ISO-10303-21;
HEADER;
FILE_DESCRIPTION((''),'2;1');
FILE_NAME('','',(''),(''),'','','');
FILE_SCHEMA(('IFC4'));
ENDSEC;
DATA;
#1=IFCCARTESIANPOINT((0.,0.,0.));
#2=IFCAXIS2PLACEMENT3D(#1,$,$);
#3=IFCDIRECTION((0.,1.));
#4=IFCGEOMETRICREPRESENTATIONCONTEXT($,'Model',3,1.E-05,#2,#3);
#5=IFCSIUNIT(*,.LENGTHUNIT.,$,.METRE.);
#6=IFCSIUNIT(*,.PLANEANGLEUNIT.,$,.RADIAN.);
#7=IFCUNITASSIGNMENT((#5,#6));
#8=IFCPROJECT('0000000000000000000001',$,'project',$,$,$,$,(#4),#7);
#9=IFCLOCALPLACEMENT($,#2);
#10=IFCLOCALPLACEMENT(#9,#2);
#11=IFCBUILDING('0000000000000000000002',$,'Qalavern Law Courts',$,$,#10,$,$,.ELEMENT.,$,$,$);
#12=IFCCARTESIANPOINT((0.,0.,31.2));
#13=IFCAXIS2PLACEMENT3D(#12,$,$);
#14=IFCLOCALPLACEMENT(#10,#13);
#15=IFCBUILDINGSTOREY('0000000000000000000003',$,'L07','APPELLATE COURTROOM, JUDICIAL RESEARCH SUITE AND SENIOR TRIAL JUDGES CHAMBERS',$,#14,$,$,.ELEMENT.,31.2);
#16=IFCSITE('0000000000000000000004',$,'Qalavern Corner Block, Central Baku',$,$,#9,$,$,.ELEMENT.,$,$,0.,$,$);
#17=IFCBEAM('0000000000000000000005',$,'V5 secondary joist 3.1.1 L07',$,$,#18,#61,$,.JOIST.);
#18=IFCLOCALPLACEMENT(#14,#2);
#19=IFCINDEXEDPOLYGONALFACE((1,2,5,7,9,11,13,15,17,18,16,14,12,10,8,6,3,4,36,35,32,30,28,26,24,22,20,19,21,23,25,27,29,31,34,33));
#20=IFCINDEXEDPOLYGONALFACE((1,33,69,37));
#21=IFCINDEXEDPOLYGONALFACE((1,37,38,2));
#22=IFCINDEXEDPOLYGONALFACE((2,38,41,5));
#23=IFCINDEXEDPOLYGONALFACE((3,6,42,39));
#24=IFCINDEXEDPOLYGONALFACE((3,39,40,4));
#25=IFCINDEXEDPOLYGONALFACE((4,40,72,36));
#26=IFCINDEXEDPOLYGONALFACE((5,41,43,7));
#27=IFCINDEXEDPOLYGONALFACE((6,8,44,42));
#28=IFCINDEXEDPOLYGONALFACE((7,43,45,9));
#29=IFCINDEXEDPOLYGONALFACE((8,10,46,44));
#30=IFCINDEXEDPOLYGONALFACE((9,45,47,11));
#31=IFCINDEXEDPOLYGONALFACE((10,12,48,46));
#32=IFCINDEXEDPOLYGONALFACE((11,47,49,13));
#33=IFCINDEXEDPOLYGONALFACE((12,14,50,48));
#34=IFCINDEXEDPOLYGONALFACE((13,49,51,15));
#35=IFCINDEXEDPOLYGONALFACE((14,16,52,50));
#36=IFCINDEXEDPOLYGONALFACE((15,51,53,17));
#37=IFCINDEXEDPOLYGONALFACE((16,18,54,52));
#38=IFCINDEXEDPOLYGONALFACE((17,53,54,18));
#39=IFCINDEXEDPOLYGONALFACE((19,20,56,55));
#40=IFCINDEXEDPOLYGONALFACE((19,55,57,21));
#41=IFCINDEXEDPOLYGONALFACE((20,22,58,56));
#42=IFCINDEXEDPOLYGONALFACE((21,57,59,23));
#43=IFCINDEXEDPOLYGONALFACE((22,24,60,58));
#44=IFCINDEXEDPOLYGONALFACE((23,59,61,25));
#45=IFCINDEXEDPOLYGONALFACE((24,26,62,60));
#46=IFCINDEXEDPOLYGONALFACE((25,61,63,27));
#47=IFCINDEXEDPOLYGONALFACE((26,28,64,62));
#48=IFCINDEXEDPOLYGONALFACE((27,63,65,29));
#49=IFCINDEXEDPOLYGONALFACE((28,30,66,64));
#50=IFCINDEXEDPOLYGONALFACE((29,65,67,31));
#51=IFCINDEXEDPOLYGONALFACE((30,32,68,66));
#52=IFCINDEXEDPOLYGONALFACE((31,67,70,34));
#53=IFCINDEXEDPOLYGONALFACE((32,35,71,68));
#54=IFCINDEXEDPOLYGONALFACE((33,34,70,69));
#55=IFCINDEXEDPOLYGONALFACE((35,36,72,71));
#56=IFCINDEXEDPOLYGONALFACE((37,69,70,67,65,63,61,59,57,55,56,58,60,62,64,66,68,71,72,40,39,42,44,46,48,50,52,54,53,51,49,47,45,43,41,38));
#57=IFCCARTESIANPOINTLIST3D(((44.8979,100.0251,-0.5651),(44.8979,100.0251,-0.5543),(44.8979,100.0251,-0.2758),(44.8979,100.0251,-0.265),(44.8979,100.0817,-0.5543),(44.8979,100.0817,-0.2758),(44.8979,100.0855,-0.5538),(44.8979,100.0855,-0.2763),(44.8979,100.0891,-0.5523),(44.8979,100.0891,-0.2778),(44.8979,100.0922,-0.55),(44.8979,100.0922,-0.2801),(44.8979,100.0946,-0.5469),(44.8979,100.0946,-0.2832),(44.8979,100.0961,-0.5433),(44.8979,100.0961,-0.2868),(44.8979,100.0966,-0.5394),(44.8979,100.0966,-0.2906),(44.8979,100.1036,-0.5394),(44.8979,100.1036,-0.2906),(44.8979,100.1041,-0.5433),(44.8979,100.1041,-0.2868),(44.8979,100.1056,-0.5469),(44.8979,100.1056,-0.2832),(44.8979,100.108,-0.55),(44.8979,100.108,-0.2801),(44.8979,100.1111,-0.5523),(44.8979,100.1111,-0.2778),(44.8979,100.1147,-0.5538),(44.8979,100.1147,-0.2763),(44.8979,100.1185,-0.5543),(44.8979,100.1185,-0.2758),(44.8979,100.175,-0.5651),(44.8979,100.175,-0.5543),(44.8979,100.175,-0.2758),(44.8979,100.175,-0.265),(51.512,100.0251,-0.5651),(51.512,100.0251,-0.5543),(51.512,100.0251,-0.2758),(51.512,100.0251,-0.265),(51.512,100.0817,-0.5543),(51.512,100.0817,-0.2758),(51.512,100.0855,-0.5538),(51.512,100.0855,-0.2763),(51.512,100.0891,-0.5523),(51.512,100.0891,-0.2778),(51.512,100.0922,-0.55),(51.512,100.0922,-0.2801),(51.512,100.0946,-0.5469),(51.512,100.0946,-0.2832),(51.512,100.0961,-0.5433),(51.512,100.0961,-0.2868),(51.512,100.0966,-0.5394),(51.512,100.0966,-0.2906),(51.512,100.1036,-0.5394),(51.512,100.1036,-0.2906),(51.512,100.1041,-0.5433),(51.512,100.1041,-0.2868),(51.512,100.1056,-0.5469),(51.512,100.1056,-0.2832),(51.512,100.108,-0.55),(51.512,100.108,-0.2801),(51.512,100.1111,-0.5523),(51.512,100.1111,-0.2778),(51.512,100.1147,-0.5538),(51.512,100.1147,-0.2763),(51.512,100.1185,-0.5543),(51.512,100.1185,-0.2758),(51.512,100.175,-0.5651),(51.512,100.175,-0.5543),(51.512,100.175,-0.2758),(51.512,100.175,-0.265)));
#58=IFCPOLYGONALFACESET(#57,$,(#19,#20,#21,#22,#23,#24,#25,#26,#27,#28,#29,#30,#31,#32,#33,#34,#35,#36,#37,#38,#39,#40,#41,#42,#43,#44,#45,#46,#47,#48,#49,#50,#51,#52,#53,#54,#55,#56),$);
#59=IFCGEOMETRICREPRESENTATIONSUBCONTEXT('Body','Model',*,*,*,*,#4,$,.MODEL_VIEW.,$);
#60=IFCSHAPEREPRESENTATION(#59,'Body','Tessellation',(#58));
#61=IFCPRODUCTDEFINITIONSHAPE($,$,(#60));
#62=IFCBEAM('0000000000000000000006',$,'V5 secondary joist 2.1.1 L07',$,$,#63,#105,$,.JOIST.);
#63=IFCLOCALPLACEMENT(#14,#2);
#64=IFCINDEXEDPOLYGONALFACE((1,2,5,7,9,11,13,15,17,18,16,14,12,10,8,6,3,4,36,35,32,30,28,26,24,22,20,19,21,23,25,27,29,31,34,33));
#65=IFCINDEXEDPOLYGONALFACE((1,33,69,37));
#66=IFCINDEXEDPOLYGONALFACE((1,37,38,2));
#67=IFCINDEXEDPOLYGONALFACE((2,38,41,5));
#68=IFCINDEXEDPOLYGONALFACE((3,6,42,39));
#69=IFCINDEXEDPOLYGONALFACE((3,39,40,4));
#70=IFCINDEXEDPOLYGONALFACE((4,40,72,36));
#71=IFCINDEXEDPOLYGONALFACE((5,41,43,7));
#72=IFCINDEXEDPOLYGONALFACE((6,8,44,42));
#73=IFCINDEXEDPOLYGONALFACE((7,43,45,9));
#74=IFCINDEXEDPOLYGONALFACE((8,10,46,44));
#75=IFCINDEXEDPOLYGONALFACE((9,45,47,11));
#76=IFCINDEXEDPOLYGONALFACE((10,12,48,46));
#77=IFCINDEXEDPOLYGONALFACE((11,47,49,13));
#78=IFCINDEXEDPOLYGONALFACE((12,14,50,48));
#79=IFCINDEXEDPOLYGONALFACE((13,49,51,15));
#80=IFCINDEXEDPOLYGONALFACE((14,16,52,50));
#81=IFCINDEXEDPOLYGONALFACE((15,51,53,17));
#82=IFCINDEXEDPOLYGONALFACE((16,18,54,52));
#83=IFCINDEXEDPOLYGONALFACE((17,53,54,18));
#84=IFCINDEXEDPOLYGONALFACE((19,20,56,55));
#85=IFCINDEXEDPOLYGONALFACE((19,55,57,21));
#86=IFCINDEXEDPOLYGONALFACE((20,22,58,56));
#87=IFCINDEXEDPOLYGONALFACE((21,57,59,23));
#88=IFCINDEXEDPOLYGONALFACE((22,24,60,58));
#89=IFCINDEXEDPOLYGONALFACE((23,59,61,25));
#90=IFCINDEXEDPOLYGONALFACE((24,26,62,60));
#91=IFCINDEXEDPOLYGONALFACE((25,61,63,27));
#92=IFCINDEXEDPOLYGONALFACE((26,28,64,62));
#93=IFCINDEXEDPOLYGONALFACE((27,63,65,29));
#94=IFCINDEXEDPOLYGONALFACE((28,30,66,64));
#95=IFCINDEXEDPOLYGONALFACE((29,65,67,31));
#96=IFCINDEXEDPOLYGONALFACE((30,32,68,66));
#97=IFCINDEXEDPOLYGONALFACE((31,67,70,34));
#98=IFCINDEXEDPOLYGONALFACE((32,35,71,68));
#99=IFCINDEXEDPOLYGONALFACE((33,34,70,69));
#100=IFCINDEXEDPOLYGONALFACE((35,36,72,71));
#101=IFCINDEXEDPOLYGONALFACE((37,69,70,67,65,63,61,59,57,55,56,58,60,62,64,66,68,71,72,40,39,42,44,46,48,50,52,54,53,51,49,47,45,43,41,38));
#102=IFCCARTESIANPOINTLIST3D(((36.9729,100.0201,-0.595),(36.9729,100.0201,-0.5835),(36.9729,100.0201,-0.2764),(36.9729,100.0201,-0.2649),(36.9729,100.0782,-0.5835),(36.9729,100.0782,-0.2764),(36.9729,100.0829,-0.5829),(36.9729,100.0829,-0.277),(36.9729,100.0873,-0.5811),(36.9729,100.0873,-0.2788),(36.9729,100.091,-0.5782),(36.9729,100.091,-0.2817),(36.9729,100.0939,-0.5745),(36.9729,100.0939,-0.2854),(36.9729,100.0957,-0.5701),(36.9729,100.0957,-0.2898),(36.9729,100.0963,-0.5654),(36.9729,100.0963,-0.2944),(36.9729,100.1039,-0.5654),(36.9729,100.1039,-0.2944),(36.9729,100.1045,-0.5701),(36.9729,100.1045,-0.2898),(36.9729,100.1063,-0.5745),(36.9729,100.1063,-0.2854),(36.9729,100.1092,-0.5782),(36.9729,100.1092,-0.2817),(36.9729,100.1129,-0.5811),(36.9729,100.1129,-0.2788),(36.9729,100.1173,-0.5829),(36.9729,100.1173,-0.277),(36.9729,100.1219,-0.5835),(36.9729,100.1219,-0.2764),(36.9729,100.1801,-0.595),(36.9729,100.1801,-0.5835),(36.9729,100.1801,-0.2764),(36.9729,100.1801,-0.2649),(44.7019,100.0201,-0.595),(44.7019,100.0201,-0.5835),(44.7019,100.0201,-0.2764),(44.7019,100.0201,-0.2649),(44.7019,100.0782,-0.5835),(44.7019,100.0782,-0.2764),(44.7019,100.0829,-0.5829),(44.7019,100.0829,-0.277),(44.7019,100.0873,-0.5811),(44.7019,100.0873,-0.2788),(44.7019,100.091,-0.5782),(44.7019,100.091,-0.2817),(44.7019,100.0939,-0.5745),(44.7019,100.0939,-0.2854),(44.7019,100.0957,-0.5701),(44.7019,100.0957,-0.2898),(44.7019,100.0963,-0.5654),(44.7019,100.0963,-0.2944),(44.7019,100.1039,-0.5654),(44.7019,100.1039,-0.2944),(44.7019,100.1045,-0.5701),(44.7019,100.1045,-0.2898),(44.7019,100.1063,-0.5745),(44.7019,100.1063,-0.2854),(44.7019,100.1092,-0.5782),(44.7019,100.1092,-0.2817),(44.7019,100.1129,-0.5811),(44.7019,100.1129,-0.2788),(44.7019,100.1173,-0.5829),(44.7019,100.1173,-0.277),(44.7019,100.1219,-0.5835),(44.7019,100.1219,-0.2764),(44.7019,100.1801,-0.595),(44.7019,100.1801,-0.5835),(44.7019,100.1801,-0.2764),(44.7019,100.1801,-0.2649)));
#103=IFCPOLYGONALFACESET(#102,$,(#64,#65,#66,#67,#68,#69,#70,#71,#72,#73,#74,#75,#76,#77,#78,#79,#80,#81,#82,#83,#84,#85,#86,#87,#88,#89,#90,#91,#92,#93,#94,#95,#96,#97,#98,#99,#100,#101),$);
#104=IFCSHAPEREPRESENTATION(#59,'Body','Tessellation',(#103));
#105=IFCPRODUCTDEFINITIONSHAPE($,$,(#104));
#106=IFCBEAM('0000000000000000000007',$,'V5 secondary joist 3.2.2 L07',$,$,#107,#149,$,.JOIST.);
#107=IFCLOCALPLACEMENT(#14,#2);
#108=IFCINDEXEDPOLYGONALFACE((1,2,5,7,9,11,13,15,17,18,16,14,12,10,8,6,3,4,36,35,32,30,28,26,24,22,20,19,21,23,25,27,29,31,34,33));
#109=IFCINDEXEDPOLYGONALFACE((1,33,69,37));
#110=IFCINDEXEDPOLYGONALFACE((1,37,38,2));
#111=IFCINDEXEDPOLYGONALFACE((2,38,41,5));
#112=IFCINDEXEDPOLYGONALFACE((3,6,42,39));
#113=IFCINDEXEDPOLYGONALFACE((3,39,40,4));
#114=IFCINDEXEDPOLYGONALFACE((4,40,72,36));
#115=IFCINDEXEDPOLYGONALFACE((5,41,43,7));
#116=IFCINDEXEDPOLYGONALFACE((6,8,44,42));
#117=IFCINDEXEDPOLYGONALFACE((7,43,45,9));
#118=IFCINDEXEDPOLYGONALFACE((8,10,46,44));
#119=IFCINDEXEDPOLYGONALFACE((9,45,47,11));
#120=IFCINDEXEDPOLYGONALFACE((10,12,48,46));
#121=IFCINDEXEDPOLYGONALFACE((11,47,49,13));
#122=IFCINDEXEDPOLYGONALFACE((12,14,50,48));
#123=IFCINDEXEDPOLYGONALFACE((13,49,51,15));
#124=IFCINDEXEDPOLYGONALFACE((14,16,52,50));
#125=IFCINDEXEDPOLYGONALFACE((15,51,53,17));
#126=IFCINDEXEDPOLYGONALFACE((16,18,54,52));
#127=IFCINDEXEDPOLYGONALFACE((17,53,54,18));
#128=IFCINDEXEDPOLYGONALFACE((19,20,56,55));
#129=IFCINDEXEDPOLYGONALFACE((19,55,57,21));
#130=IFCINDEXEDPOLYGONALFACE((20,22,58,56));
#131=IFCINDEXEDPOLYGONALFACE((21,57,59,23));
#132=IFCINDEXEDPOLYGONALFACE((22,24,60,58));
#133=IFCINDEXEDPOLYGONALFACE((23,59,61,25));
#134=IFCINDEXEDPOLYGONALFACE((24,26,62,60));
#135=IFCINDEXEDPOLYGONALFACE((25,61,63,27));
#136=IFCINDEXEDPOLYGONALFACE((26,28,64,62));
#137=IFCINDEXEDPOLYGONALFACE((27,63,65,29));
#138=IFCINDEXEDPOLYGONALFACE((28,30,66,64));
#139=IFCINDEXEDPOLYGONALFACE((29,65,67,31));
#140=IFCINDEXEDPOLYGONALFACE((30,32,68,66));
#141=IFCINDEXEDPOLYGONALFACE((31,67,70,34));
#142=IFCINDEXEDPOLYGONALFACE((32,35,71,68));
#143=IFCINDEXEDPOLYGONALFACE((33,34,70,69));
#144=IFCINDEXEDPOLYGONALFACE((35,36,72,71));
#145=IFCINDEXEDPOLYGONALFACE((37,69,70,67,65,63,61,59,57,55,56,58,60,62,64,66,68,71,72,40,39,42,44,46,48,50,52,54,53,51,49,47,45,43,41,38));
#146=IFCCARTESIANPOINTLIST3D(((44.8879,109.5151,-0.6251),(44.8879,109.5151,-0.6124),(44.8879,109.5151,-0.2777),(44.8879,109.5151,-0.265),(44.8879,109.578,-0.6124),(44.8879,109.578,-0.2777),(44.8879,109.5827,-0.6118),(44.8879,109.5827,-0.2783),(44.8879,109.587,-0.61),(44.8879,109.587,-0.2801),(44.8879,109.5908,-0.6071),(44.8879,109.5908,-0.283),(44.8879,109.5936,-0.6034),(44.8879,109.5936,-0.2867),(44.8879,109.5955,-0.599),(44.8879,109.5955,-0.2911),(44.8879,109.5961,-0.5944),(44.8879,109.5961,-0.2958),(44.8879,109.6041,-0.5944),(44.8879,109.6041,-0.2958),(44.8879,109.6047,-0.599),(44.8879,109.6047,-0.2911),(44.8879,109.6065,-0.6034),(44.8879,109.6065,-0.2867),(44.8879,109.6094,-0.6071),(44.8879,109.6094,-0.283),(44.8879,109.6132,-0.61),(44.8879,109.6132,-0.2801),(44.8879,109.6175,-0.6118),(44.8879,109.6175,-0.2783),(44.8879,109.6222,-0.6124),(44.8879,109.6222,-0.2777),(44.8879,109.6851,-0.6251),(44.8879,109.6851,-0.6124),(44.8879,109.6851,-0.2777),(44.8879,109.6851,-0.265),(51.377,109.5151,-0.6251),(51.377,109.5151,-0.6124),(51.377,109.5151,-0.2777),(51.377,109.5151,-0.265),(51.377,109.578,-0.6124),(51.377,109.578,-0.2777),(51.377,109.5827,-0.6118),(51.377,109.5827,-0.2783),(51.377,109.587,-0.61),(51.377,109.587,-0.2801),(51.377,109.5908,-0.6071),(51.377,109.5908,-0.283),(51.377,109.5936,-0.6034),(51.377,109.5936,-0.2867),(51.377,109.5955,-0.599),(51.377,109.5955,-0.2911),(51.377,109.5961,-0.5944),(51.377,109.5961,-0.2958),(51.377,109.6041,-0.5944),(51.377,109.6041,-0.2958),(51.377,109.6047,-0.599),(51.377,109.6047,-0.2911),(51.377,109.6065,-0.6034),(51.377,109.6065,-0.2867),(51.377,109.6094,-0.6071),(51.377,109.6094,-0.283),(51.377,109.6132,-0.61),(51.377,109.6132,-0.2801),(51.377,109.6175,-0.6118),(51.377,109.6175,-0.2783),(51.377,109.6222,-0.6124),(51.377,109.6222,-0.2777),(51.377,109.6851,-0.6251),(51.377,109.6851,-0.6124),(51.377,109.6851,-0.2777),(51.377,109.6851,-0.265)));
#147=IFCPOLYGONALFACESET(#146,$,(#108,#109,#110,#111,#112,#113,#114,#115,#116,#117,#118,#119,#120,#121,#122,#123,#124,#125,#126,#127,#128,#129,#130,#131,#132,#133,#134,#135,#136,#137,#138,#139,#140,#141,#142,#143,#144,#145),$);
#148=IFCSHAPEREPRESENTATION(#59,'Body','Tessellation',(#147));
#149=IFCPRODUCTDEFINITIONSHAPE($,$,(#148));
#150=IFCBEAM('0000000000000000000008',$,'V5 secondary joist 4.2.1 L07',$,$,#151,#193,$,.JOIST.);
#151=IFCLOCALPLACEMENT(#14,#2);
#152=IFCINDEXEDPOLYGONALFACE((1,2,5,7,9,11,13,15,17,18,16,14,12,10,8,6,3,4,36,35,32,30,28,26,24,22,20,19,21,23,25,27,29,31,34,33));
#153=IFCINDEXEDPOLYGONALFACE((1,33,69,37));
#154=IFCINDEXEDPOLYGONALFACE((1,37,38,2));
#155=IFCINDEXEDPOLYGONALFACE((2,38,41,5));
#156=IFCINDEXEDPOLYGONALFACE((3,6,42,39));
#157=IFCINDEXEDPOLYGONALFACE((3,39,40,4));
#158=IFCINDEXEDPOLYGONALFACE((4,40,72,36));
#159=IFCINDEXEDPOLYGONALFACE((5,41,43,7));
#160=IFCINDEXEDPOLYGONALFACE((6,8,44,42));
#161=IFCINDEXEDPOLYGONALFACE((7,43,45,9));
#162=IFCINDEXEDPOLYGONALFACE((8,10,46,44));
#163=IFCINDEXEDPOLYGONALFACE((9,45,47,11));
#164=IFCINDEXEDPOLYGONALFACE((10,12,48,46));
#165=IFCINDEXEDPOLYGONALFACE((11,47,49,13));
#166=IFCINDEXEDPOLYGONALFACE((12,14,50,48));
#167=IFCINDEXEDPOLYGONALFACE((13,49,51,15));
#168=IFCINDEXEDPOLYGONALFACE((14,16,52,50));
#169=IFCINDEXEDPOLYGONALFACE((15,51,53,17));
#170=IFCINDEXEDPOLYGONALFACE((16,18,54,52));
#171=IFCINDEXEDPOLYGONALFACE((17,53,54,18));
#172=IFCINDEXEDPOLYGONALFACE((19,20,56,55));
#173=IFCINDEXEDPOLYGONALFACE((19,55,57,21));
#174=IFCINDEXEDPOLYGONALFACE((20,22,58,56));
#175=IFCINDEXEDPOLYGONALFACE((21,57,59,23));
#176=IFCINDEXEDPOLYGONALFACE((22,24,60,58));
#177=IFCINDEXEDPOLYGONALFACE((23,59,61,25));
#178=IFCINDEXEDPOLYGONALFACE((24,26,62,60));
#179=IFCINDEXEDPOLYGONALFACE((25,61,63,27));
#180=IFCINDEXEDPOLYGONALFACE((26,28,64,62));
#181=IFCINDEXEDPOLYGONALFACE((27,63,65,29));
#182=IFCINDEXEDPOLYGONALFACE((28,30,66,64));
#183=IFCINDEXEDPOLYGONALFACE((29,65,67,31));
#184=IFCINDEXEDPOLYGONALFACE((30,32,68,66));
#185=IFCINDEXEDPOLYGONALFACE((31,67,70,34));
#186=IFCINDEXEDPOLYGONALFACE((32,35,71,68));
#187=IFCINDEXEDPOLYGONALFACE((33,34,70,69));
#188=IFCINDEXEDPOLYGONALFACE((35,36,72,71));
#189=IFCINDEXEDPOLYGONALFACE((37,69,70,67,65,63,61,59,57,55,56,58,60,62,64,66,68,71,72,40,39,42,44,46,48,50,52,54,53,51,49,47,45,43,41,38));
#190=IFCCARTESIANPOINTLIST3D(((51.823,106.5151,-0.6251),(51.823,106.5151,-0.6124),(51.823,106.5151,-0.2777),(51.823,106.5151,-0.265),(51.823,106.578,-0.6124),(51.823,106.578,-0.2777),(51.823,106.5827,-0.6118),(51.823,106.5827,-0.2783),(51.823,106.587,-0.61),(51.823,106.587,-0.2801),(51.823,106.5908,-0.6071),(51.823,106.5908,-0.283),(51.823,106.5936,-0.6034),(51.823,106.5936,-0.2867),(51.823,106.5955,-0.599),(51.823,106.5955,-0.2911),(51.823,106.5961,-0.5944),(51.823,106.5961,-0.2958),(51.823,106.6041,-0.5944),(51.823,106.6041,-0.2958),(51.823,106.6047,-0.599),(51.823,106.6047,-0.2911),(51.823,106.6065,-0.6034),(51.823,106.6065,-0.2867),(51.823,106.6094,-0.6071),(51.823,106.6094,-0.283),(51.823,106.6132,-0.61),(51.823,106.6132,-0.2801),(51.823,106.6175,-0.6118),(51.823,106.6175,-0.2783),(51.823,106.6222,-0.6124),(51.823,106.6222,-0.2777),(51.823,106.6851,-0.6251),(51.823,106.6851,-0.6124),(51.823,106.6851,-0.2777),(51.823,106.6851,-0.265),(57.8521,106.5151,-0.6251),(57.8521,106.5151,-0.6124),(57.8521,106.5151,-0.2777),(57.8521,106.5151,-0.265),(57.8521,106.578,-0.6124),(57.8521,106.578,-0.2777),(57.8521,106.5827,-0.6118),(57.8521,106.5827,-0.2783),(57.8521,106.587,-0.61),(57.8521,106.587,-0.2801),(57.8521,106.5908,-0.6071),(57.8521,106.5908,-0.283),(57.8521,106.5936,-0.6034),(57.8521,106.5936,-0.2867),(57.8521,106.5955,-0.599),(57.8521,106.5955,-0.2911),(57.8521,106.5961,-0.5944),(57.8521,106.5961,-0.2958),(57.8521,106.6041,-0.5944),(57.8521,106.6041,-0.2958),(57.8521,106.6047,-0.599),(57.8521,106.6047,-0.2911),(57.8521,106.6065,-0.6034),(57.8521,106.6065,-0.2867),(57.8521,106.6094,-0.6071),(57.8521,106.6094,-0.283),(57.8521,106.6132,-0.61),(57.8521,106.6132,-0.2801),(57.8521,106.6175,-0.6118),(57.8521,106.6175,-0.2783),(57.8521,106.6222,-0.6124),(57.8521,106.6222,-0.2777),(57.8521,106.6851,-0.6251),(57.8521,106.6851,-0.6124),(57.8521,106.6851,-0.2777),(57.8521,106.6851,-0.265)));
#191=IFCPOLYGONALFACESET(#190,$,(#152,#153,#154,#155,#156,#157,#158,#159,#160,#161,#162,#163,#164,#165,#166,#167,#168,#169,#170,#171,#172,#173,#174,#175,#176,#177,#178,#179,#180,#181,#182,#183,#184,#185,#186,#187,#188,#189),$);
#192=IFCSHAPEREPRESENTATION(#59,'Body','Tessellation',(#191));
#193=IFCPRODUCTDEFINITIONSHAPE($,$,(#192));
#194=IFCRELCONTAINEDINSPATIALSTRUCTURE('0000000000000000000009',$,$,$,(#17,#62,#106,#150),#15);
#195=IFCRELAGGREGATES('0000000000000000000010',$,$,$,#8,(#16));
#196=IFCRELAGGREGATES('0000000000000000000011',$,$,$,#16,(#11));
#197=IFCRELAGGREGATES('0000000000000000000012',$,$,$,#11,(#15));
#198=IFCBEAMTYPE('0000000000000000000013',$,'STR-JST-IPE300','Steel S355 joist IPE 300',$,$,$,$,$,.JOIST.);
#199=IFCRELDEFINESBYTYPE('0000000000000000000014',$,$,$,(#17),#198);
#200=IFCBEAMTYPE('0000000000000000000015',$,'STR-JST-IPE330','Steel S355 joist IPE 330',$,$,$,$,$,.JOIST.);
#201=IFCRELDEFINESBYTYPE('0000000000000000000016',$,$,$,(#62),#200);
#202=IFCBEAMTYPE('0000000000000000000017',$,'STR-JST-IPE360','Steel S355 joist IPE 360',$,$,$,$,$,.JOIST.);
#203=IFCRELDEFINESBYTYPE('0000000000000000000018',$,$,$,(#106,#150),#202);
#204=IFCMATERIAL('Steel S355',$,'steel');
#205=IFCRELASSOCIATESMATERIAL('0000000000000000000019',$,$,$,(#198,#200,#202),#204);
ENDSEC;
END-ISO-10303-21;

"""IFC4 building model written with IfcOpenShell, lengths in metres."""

from ifc_helpers import new_model, si_unit, direction, frame, origin, origin_2d, place, context, subcontext, project, spatial, i_section, extrude, material, material_profile, profile_set, type_object, element, save


model = new_model("IFC4")

# Units and contexts
model_context = context("Model", 3, precision=1e-05, world=origin(), true_north=direction((0.0, 1.0)))
body_context = subcontext(model_context, "Body", "Model", "MODEL_VIEW")
ifc_project = project(units=[si_unit("LENGTHUNIT", "METRE"), si_unit("PLANEANGLEUNIT", "RADIAN")], contexts=[model_context])

# Site, building, storey
site_placement = place(None, origin())
site = spatial("IfcSite", under=ifc_project, at=site_placement, Name="Qalavern Corner Block, Central Baku", CompositionType="ELEMENT", RefElevation=0.0)
building_placement = place(site_placement, origin())
building = spatial("IfcBuilding", under=site, at=building_placement, Name="Qalavern Law Courts", CompositionType="ELEMENT")
storey_placement = place(building_placement, frame((0.0, 0.0, 31.2)))
storey = spatial("IfcBuildingStorey", under=building, at=storey_placement, Name="L07", Description="APPELLATE COURTROOM, JUDICIAL RESEARCH SUITE AND SENIOR TRIAL JUDGES CHAMBERS", CompositionType="ELEMENT", Elevation=31.2)

# Beams
ifc_material_1 = material(Name="Steel S355", Category="steel")
ifc_material_profile_1 = material_profile(ifc_material_1, i_section(OverallWidth=0.1499, OverallDepth=0.3, WebThickness=0.0071, FlangeThickness=0.0107, FilletRadius=0.0149, at=origin_2d()), Name="IPE 300")
ifc_profile_set_1 = profile_set([ifc_material_profile_1], Name="Steel S355")
beam_type_1 = type_object("IfcBeamType", Name="STR-JST-IPE300", Description="Steel S355 joist IPE 300", PredefinedType="JOIST", material=ifc_profile_set_1)
beam_1_placement = place(storey_placement, frame((44.8979, 100.1001, -0.415), z_axis=(1.0, 0.0, 0.0), x_axis=(0.0, 1.0, 0.0)))
element("IfcBeam", 1, at=beam_1_placement, inside=storey, type_object=beam_type_1, Name="V5 secondary joist 3.1.1 L07", PredefinedType="JOIST", context=body_context, shape_type="SweptSolid", body=[
    extrude(i_section(OverallWidth=0.1499, OverallDepth=0.3, WebThickness=0.0071, FlangeThickness=0.0107, FilletRadius=0.0149, at=origin_2d()), origin(), (0.0, 0.0, 1.0), 6.614),
])
ifc_material_profile_2 = material_profile(ifc_material_1, i_section(OverallWidth=0.1599, OverallDepth=0.3301, WebThickness=0.0076, FlangeThickness=0.0115, FilletRadius=0.0181, at=origin_2d()), Name="IPE 330")
ifc_profile_set_2 = profile_set([ifc_material_profile_2], Name="Steel S355")
beam_type_2 = type_object("IfcBeamType", Name="STR-JST-IPE330", Description="Steel S355 joist IPE 330", PredefinedType="JOIST", material=ifc_profile_set_2)
beam_2_placement = place(storey_placement, frame((36.9729, 100.1001, -0.4299), z_axis=(1.0, 0.0, 0.0), x_axis=(0.0, 1.0, 0.0)))
element("IfcBeam", 2, at=beam_2_placement, inside=storey, type_object=beam_type_2, Name="V5 secondary joist 2.1.1 L07", PredefinedType="JOIST", context=body_context, shape_type="SweptSolid", body=[
    extrude(i_section(OverallWidth=0.1599, OverallDepth=0.3301, WebThickness=0.0076, FlangeThickness=0.0115, FilletRadius=0.0181, at=origin_2d()), origin(), (0.0, 0.0, 1.0), 7.729),
])
ifc_material_profile_3 = material_profile(ifc_material_1, i_section(OverallWidth=0.1699, OverallDepth=0.3601, WebThickness=0.0081, FlangeThickness=0.0127, FilletRadius=0.0181, at=origin_2d()), Name="IPE 360")
ifc_profile_set_3 = profile_set([ifc_material_profile_3], Name="Steel S355")
beam_type_3 = type_object("IfcBeamType", Name="STR-JST-IPE360", Description="Steel S355 joist IPE 360", PredefinedType="JOIST", material=ifc_profile_set_3)
beam_3_placement = place(storey_placement, frame((44.8879, 109.6001, -0.4451), z_axis=(1.0, 0.0, 0.0), x_axis=(0.0, 1.0, 0.0)))
element("IfcBeam", 3, at=beam_3_placement, inside=storey, type_object=beam_type_3, Name="V5 secondary joist 3.2.2 L07", PredefinedType="JOIST", context=body_context, shape_type="SweptSolid", body=[
    extrude(i_section(OverallWidth=0.1699, OverallDepth=0.3601, WebThickness=0.0081, FlangeThickness=0.0127, FilletRadius=0.0181, at=origin_2d()), origin(), (0.0, 0.0, 1.0), 6.489),
])
beam_4_placement = place(storey_placement, frame((51.823, 106.6001, -0.4451), z_axis=(1.0, 0.0, 0.0), x_axis=(0.0, 1.0, 0.0)))
element("IfcBeam", 4, at=beam_4_placement, inside=storey, type_object=beam_type_3, Name="V5 secondary joist 4.2.1 L07", PredefinedType="JOIST", context=body_context, shape_type="SweptSolid", body=[
    extrude(i_section(OverallWidth=0.1699, OverallDepth=0.3601, WebThickness=0.0081, FlangeThickness=0.0127, FilletRadius=0.0181, at=origin_2d()), origin(), (0.0, 0.0, 1.0), 6.0291),
])

save(model, "model.ifc")
